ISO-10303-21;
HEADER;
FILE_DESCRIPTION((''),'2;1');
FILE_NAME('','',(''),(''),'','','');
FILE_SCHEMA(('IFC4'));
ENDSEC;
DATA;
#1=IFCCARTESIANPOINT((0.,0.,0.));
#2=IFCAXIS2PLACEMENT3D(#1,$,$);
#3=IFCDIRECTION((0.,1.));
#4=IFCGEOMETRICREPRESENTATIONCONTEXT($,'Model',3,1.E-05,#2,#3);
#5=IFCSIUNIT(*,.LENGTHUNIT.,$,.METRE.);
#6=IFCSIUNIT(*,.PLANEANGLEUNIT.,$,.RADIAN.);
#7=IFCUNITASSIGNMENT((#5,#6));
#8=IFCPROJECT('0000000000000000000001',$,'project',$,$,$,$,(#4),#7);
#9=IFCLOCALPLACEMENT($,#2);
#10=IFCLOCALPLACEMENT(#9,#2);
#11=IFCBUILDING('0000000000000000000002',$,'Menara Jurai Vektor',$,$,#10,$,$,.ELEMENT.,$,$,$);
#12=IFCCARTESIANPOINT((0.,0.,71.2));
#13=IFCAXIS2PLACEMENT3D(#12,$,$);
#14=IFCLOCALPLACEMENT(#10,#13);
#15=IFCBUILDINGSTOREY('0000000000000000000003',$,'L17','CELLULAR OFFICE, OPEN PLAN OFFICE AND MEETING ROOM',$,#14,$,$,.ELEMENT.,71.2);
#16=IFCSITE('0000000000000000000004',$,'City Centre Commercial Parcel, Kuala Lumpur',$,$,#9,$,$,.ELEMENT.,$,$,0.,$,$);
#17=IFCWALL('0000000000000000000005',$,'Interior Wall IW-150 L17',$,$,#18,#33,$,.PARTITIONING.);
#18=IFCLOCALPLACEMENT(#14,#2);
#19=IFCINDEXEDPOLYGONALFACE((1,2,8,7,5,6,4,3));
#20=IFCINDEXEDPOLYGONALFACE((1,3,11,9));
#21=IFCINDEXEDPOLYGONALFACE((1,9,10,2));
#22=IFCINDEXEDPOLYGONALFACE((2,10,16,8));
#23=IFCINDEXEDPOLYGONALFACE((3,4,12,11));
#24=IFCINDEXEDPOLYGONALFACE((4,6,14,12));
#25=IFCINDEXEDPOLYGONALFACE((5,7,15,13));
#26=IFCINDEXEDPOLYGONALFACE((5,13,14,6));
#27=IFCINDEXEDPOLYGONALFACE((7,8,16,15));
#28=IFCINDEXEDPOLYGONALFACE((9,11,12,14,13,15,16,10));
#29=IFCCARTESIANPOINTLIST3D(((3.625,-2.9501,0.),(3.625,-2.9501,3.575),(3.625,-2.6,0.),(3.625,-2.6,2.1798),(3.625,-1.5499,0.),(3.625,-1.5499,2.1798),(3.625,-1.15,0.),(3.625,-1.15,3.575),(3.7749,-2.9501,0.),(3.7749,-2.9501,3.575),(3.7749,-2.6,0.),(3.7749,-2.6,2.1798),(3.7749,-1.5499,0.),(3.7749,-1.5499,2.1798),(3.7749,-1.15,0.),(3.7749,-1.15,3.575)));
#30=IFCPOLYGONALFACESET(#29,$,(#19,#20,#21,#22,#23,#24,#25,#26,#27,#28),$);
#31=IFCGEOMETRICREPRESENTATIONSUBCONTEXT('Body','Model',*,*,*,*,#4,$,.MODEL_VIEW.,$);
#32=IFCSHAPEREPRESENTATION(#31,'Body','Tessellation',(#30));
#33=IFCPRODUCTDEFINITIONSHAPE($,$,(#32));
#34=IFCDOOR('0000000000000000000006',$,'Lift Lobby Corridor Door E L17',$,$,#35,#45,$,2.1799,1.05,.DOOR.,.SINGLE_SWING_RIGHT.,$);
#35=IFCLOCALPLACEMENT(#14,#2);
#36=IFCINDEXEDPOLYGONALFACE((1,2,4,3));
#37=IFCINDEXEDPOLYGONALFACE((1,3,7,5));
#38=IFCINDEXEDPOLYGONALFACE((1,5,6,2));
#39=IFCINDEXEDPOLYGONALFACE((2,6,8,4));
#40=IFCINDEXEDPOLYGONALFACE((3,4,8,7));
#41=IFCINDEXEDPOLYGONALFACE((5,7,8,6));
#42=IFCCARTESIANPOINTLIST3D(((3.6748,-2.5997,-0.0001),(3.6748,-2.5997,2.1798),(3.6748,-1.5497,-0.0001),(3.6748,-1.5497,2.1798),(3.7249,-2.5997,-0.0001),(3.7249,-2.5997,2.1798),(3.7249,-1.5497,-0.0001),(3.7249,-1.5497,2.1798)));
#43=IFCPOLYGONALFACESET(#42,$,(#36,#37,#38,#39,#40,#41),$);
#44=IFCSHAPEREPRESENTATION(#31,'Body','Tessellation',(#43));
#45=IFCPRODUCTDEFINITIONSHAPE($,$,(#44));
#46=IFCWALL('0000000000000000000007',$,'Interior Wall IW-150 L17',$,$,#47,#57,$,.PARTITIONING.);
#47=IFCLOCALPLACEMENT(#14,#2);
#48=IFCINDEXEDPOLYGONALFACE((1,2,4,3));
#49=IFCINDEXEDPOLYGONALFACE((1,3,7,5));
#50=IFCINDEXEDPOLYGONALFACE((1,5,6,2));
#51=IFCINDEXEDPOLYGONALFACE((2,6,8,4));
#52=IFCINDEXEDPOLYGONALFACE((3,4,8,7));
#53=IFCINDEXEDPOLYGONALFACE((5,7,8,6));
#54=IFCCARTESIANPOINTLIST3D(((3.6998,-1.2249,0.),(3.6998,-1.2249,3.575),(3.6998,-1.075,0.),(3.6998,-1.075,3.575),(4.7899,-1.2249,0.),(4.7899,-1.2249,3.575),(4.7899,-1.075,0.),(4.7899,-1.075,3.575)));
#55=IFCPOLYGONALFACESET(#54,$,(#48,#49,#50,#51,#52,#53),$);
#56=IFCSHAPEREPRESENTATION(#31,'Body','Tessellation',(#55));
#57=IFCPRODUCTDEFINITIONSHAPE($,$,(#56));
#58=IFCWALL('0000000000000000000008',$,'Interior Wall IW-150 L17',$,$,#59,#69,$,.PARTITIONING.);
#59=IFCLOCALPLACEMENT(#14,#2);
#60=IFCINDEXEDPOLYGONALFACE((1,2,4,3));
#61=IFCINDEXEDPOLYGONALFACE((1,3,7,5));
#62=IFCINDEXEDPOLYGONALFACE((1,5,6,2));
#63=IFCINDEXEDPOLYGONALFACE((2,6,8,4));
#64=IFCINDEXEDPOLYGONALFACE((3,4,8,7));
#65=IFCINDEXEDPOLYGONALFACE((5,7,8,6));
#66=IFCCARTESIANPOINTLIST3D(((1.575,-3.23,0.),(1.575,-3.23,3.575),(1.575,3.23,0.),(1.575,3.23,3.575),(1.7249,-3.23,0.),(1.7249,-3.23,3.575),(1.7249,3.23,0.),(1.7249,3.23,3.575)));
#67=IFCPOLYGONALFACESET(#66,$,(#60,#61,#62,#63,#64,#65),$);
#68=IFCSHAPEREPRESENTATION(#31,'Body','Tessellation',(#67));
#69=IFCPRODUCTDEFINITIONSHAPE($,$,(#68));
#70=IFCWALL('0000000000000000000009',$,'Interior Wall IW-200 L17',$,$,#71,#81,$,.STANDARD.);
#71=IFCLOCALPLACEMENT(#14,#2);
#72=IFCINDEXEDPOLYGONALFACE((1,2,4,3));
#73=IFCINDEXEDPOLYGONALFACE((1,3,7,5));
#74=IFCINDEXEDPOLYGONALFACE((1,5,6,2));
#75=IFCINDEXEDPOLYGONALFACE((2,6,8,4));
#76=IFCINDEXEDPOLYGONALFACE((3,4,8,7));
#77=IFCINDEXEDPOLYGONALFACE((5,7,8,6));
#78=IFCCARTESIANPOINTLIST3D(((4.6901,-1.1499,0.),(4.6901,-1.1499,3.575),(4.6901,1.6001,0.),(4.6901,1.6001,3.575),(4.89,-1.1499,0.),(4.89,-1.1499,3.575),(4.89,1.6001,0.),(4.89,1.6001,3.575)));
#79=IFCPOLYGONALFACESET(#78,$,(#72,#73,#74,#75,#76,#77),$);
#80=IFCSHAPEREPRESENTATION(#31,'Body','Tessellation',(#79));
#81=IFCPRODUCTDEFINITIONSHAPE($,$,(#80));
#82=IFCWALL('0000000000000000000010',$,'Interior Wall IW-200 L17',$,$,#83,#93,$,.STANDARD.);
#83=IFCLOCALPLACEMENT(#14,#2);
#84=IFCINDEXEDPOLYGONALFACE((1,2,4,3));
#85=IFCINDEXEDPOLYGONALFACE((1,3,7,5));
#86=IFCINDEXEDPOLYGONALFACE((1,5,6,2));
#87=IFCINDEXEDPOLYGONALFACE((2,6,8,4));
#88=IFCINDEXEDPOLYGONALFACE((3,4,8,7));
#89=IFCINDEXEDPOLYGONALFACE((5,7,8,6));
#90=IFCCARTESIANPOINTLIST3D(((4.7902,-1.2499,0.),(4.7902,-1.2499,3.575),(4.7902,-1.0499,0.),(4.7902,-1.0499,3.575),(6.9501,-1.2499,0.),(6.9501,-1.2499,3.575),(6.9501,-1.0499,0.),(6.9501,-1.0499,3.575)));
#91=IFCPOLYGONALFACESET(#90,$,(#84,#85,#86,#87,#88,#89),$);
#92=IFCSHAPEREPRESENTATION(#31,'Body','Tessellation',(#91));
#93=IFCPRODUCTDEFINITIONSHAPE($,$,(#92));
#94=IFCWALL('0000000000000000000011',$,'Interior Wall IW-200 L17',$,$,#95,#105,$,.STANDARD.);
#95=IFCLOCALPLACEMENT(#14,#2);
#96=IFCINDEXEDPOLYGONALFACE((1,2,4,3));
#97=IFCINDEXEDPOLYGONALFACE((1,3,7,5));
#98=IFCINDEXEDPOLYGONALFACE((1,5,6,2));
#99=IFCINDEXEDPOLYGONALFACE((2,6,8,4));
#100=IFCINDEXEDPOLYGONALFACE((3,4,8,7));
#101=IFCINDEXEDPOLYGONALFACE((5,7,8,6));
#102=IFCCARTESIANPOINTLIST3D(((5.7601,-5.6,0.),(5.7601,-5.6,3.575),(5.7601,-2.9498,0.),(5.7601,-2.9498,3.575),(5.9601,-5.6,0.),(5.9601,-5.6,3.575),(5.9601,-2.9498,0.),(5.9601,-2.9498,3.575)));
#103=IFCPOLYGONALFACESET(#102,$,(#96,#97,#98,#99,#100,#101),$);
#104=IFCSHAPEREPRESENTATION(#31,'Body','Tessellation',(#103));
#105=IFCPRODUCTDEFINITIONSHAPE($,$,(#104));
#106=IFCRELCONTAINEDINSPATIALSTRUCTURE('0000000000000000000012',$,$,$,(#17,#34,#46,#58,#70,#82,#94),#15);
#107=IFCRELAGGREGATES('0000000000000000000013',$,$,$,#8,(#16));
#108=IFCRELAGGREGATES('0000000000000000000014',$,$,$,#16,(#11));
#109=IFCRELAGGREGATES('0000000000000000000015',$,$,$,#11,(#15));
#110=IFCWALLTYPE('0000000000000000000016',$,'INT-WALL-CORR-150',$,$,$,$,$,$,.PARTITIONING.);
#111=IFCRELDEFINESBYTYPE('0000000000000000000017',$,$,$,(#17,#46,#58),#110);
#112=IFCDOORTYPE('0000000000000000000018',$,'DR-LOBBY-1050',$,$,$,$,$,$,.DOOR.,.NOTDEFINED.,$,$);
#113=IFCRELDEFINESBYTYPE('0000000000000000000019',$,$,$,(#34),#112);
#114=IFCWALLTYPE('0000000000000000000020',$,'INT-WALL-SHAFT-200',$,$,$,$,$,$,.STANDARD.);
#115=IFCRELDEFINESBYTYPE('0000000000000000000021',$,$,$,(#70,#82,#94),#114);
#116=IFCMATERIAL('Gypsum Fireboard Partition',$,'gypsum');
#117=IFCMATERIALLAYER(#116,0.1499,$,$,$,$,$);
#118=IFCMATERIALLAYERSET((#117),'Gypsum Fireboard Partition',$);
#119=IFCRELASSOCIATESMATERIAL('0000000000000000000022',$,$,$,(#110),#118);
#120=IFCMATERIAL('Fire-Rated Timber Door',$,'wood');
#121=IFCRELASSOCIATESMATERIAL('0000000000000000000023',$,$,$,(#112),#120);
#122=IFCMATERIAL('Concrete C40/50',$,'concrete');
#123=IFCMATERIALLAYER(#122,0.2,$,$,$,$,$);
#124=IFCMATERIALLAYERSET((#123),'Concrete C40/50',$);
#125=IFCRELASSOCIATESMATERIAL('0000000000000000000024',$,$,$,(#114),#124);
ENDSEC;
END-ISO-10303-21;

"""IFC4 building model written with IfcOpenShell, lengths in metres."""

from ifc_helpers import new_model, si_unit, direction, frame, frame_2d, origin, place, context, subcontext, project, spatial, rectangle, extrude, material, layer, layer_set, type_object, element, fill, save


model = new_model("IFC4")

# Units and contexts
model_context = context("Model", 3, precision=1e-05, world=origin(), true_north=direction((0.0, 1.0)))
body_context = subcontext(model_context, "Body", "Model", "MODEL_VIEW")
ifc_project = project(units=[si_unit("LENGTHUNIT", "METRE"), si_unit("PLANEANGLEUNIT", "RADIAN")], contexts=[model_context])

# Site, building, storey
site_placement = place(None, origin())
site = spatial("IfcSite", under=ifc_project, at=site_placement, Name="City Centre Commercial Parcel, Kuala Lumpur", CompositionType="ELEMENT", RefElevation=0.0)
building_placement = place(site_placement, origin())
building = spatial("IfcBuilding", under=site, at=building_placement, Name="Menara Jurai Vektor", CompositionType="ELEMENT")
storey_placement = place(building_placement, frame((0.0, 0.0, 71.2)))
storey = spatial("IfcBuildingStorey", under=building, at=storey_placement, Name="L17", Description="CELLULAR OFFICE, OPEN PLAN OFFICE AND MEETING ROOM", CompositionType="ELEMENT", Elevation=71.2)

# Shared definitions
ifc_material_1 = material(Name="Concrete C40/50", Category="concrete")

# Wall, opening, door
ifc_material_2 = material(Name="Gypsum Fireboard Partition", Category="gypsum")
ifc_layer_1 = layer(ifc_material_2, 0.1499)
ifc_layer_set_1 = layer_set([ifc_layer_1], Name="Gypsum Fireboard Partition")
wall_type_1 = type_object("IfcWallType", Name="INT-WALL-CORR-150", PredefinedType="PARTITIONING", material=ifc_layer_set_1)
wall_1_placement = place(storey_placement, frame((3.7, -2.95, 0.0), z_axis=(0.0, 0.0, 1.0), x_axis=(0.0, 1.0, 0.0)))
wall_1 = element("IfcWall", 1, at=wall_1_placement, inside=storey, type_object=wall_type_1, Name="Interior Wall IW-150 L17", PredefinedType="PARTITIONING", context=body_context, shape_type="SweptSolid", body=[
    extrude(rectangle(XDim=1.8, YDim=0.1499, at=frame_2d((0.8999, 0.0))), origin(), (0.0, 0.0, 1.0), 3.575),
])
opening_1_placement = place(wall_1_placement, frame((0.3501, 0.0, 0.0)))
opening_1 = element("IfcOpeningElement", 2, at=opening_1_placement, cuts=wall_1, PredefinedType="OPENING", context=body_context, shape_type="SweptSolid", body=[
    extrude(rectangle(XDim=1.05, YDim=2.1799, at=frame_2d((0.5249, 1.0898))), frame((0.0, 0.085, 0.0), z_axis=(0.0, -1.0, 0.0), x_axis=(1.0, 0.0, 0.0)), (0.0, 0.0, 1.0), 0.1699),
])
ifc_material_3 = material(Name="Fire-Rated Timber Door", Category="wood")
door_type_1 = type_object("IfcDoorType", Name="DR-LOBBY-1050", OperationType="NOTDEFINED", PredefinedType="DOOR", material=ifc_material_3)
door_1_placement = place(opening_1_placement, frame((1.05, 0.0, 0.0), z_axis=(0.0, 0.0, 1.0), x_axis=(-1.0, 0.0, 0.0)))
door_1 = element("IfcDoor", 3, at=door_1_placement, inside=storey, type_object=door_type_1, Name="Lift Lobby Corridor Door E L17", OperationType="SINGLE_SWING_RIGHT", OverallHeight=2.1799, OverallWidth=1.05, PredefinedType="DOOR", context=body_context, shape_type="SweptSolid", body=[
    extrude(rectangle(XDim=1.05, YDim=2.1799, at=frame_2d((0.5249, 1.0898))), frame((0.0, 0.0249, 0.0), z_axis=(0.0, -1.0, 0.0), x_axis=(1.0, 0.0, 0.0)), (0.0, 0.0, 1.0), 0.05),
])
fill(opening_1, door_1)

# Walls
wall_2_placement = place(storey_placement, frame((3.7, -1.1499, 0.0), z_axis=(0.0, 0.0, 1.0), x_axis=(1.0, 0.0, 0.0)))
element("IfcWall", 4, at=wall_2_placement, inside=storey, type_object=wall_type_1, Name="Interior Wall IW-150 L17", PredefinedType="PARTITIONING", context=body_context, shape_type="SweptSolid", body=[
    extrude(rectangle(XDim=1.0901, YDim=0.1499, at=frame_2d((0.5449, 0.0))), origin(), (0.0, 0.0, 1.0), 3.575),
])
wall_3_placement = place(storey_placement, frame((1.6499, -3.23, 0.0), z_axis=(0.0, 0.0, 1.0), x_axis=(0.0, 1.0, 0.0)))
element("IfcWall", 5, at=wall_3_placement, inside=storey, type_object=wall_type_1, Name="Interior Wall IW-150 L17", PredefinedType="PARTITIONING", context=body_context, shape_type="SweptSolid", body=[
    extrude(rectangle(XDim=6.46, YDim=0.1499, at=frame_2d((3.23, 0.0))), origin(), (0.0, 0.0, 1.0), 3.575),
])

# Shared definitions
ifc_layer_2 = layer(ifc_material_1, 0.2)
ifc_layer_set_2 = layer_set([ifc_layer_2], Name="Concrete C40/50")
wall_type_2 = type_object("IfcWallType", Name="INT-WALL-SHAFT-200", PredefinedType="STANDARD", material=ifc_layer_set_2)

# Walls
wall_4_placement = place(storey_placement, frame((4.79, -1.1499, 0.0), z_axis=(0.0, 0.0, 1.0), x_axis=(0.0, 1.0, 0.0)))
element("IfcWall", 6, at=wall_4_placement, inside=storey, type_object=wall_type_2, Name="Interior Wall IW-200 L17", PredefinedType="STANDARD", context=body_context, shape_type="SweptSolid", body=[
    extrude(rectangle(XDim=2.75, YDim=0.2, at=frame_2d((1.375, 0.0))), origin(), (0.0, 0.0, 1.0), 3.575),
])
wall_5_placement = place(storey_placement, frame((4.79, -1.1499, 0.0), z_axis=(0.0, 0.0, 1.0), x_axis=(1.0, 0.0, 0.0)))
element("IfcWall", 7, at=wall_5_placement, inside=storey, type_object=wall_type_2, Name="Interior Wall IW-200 L17", PredefinedType="STANDARD", context=body_context, shape_type="SweptSolid", body=[
    extrude(rectangle(XDim=2.1599, YDim=0.2, at=frame_2d((1.0801, 0.0))), origin(), (0.0, 0.0, 1.0), 3.575),
])

# Wall
wall_6_placement = place(storey_placement, frame((5.8601, -5.6001, 0.0), z_axis=(0.0, 0.0, 1.0), x_axis=(0.0, 1.0, 0.0)))
element("IfcWall", 8, at=wall_6_placement, inside=storey, type_object=wall_type_2, Name="Interior Wall IW-200 L17", PredefinedType="STANDARD", context=body_context, shape_type="SweptSolid", body=[
    extrude(rectangle(XDim=2.6501, YDim=0.2, at=frame_2d((1.3252, 0.0))), origin(), (0.0, 0.0, 1.0), 3.575),
])

save(model, "model.ifc")
